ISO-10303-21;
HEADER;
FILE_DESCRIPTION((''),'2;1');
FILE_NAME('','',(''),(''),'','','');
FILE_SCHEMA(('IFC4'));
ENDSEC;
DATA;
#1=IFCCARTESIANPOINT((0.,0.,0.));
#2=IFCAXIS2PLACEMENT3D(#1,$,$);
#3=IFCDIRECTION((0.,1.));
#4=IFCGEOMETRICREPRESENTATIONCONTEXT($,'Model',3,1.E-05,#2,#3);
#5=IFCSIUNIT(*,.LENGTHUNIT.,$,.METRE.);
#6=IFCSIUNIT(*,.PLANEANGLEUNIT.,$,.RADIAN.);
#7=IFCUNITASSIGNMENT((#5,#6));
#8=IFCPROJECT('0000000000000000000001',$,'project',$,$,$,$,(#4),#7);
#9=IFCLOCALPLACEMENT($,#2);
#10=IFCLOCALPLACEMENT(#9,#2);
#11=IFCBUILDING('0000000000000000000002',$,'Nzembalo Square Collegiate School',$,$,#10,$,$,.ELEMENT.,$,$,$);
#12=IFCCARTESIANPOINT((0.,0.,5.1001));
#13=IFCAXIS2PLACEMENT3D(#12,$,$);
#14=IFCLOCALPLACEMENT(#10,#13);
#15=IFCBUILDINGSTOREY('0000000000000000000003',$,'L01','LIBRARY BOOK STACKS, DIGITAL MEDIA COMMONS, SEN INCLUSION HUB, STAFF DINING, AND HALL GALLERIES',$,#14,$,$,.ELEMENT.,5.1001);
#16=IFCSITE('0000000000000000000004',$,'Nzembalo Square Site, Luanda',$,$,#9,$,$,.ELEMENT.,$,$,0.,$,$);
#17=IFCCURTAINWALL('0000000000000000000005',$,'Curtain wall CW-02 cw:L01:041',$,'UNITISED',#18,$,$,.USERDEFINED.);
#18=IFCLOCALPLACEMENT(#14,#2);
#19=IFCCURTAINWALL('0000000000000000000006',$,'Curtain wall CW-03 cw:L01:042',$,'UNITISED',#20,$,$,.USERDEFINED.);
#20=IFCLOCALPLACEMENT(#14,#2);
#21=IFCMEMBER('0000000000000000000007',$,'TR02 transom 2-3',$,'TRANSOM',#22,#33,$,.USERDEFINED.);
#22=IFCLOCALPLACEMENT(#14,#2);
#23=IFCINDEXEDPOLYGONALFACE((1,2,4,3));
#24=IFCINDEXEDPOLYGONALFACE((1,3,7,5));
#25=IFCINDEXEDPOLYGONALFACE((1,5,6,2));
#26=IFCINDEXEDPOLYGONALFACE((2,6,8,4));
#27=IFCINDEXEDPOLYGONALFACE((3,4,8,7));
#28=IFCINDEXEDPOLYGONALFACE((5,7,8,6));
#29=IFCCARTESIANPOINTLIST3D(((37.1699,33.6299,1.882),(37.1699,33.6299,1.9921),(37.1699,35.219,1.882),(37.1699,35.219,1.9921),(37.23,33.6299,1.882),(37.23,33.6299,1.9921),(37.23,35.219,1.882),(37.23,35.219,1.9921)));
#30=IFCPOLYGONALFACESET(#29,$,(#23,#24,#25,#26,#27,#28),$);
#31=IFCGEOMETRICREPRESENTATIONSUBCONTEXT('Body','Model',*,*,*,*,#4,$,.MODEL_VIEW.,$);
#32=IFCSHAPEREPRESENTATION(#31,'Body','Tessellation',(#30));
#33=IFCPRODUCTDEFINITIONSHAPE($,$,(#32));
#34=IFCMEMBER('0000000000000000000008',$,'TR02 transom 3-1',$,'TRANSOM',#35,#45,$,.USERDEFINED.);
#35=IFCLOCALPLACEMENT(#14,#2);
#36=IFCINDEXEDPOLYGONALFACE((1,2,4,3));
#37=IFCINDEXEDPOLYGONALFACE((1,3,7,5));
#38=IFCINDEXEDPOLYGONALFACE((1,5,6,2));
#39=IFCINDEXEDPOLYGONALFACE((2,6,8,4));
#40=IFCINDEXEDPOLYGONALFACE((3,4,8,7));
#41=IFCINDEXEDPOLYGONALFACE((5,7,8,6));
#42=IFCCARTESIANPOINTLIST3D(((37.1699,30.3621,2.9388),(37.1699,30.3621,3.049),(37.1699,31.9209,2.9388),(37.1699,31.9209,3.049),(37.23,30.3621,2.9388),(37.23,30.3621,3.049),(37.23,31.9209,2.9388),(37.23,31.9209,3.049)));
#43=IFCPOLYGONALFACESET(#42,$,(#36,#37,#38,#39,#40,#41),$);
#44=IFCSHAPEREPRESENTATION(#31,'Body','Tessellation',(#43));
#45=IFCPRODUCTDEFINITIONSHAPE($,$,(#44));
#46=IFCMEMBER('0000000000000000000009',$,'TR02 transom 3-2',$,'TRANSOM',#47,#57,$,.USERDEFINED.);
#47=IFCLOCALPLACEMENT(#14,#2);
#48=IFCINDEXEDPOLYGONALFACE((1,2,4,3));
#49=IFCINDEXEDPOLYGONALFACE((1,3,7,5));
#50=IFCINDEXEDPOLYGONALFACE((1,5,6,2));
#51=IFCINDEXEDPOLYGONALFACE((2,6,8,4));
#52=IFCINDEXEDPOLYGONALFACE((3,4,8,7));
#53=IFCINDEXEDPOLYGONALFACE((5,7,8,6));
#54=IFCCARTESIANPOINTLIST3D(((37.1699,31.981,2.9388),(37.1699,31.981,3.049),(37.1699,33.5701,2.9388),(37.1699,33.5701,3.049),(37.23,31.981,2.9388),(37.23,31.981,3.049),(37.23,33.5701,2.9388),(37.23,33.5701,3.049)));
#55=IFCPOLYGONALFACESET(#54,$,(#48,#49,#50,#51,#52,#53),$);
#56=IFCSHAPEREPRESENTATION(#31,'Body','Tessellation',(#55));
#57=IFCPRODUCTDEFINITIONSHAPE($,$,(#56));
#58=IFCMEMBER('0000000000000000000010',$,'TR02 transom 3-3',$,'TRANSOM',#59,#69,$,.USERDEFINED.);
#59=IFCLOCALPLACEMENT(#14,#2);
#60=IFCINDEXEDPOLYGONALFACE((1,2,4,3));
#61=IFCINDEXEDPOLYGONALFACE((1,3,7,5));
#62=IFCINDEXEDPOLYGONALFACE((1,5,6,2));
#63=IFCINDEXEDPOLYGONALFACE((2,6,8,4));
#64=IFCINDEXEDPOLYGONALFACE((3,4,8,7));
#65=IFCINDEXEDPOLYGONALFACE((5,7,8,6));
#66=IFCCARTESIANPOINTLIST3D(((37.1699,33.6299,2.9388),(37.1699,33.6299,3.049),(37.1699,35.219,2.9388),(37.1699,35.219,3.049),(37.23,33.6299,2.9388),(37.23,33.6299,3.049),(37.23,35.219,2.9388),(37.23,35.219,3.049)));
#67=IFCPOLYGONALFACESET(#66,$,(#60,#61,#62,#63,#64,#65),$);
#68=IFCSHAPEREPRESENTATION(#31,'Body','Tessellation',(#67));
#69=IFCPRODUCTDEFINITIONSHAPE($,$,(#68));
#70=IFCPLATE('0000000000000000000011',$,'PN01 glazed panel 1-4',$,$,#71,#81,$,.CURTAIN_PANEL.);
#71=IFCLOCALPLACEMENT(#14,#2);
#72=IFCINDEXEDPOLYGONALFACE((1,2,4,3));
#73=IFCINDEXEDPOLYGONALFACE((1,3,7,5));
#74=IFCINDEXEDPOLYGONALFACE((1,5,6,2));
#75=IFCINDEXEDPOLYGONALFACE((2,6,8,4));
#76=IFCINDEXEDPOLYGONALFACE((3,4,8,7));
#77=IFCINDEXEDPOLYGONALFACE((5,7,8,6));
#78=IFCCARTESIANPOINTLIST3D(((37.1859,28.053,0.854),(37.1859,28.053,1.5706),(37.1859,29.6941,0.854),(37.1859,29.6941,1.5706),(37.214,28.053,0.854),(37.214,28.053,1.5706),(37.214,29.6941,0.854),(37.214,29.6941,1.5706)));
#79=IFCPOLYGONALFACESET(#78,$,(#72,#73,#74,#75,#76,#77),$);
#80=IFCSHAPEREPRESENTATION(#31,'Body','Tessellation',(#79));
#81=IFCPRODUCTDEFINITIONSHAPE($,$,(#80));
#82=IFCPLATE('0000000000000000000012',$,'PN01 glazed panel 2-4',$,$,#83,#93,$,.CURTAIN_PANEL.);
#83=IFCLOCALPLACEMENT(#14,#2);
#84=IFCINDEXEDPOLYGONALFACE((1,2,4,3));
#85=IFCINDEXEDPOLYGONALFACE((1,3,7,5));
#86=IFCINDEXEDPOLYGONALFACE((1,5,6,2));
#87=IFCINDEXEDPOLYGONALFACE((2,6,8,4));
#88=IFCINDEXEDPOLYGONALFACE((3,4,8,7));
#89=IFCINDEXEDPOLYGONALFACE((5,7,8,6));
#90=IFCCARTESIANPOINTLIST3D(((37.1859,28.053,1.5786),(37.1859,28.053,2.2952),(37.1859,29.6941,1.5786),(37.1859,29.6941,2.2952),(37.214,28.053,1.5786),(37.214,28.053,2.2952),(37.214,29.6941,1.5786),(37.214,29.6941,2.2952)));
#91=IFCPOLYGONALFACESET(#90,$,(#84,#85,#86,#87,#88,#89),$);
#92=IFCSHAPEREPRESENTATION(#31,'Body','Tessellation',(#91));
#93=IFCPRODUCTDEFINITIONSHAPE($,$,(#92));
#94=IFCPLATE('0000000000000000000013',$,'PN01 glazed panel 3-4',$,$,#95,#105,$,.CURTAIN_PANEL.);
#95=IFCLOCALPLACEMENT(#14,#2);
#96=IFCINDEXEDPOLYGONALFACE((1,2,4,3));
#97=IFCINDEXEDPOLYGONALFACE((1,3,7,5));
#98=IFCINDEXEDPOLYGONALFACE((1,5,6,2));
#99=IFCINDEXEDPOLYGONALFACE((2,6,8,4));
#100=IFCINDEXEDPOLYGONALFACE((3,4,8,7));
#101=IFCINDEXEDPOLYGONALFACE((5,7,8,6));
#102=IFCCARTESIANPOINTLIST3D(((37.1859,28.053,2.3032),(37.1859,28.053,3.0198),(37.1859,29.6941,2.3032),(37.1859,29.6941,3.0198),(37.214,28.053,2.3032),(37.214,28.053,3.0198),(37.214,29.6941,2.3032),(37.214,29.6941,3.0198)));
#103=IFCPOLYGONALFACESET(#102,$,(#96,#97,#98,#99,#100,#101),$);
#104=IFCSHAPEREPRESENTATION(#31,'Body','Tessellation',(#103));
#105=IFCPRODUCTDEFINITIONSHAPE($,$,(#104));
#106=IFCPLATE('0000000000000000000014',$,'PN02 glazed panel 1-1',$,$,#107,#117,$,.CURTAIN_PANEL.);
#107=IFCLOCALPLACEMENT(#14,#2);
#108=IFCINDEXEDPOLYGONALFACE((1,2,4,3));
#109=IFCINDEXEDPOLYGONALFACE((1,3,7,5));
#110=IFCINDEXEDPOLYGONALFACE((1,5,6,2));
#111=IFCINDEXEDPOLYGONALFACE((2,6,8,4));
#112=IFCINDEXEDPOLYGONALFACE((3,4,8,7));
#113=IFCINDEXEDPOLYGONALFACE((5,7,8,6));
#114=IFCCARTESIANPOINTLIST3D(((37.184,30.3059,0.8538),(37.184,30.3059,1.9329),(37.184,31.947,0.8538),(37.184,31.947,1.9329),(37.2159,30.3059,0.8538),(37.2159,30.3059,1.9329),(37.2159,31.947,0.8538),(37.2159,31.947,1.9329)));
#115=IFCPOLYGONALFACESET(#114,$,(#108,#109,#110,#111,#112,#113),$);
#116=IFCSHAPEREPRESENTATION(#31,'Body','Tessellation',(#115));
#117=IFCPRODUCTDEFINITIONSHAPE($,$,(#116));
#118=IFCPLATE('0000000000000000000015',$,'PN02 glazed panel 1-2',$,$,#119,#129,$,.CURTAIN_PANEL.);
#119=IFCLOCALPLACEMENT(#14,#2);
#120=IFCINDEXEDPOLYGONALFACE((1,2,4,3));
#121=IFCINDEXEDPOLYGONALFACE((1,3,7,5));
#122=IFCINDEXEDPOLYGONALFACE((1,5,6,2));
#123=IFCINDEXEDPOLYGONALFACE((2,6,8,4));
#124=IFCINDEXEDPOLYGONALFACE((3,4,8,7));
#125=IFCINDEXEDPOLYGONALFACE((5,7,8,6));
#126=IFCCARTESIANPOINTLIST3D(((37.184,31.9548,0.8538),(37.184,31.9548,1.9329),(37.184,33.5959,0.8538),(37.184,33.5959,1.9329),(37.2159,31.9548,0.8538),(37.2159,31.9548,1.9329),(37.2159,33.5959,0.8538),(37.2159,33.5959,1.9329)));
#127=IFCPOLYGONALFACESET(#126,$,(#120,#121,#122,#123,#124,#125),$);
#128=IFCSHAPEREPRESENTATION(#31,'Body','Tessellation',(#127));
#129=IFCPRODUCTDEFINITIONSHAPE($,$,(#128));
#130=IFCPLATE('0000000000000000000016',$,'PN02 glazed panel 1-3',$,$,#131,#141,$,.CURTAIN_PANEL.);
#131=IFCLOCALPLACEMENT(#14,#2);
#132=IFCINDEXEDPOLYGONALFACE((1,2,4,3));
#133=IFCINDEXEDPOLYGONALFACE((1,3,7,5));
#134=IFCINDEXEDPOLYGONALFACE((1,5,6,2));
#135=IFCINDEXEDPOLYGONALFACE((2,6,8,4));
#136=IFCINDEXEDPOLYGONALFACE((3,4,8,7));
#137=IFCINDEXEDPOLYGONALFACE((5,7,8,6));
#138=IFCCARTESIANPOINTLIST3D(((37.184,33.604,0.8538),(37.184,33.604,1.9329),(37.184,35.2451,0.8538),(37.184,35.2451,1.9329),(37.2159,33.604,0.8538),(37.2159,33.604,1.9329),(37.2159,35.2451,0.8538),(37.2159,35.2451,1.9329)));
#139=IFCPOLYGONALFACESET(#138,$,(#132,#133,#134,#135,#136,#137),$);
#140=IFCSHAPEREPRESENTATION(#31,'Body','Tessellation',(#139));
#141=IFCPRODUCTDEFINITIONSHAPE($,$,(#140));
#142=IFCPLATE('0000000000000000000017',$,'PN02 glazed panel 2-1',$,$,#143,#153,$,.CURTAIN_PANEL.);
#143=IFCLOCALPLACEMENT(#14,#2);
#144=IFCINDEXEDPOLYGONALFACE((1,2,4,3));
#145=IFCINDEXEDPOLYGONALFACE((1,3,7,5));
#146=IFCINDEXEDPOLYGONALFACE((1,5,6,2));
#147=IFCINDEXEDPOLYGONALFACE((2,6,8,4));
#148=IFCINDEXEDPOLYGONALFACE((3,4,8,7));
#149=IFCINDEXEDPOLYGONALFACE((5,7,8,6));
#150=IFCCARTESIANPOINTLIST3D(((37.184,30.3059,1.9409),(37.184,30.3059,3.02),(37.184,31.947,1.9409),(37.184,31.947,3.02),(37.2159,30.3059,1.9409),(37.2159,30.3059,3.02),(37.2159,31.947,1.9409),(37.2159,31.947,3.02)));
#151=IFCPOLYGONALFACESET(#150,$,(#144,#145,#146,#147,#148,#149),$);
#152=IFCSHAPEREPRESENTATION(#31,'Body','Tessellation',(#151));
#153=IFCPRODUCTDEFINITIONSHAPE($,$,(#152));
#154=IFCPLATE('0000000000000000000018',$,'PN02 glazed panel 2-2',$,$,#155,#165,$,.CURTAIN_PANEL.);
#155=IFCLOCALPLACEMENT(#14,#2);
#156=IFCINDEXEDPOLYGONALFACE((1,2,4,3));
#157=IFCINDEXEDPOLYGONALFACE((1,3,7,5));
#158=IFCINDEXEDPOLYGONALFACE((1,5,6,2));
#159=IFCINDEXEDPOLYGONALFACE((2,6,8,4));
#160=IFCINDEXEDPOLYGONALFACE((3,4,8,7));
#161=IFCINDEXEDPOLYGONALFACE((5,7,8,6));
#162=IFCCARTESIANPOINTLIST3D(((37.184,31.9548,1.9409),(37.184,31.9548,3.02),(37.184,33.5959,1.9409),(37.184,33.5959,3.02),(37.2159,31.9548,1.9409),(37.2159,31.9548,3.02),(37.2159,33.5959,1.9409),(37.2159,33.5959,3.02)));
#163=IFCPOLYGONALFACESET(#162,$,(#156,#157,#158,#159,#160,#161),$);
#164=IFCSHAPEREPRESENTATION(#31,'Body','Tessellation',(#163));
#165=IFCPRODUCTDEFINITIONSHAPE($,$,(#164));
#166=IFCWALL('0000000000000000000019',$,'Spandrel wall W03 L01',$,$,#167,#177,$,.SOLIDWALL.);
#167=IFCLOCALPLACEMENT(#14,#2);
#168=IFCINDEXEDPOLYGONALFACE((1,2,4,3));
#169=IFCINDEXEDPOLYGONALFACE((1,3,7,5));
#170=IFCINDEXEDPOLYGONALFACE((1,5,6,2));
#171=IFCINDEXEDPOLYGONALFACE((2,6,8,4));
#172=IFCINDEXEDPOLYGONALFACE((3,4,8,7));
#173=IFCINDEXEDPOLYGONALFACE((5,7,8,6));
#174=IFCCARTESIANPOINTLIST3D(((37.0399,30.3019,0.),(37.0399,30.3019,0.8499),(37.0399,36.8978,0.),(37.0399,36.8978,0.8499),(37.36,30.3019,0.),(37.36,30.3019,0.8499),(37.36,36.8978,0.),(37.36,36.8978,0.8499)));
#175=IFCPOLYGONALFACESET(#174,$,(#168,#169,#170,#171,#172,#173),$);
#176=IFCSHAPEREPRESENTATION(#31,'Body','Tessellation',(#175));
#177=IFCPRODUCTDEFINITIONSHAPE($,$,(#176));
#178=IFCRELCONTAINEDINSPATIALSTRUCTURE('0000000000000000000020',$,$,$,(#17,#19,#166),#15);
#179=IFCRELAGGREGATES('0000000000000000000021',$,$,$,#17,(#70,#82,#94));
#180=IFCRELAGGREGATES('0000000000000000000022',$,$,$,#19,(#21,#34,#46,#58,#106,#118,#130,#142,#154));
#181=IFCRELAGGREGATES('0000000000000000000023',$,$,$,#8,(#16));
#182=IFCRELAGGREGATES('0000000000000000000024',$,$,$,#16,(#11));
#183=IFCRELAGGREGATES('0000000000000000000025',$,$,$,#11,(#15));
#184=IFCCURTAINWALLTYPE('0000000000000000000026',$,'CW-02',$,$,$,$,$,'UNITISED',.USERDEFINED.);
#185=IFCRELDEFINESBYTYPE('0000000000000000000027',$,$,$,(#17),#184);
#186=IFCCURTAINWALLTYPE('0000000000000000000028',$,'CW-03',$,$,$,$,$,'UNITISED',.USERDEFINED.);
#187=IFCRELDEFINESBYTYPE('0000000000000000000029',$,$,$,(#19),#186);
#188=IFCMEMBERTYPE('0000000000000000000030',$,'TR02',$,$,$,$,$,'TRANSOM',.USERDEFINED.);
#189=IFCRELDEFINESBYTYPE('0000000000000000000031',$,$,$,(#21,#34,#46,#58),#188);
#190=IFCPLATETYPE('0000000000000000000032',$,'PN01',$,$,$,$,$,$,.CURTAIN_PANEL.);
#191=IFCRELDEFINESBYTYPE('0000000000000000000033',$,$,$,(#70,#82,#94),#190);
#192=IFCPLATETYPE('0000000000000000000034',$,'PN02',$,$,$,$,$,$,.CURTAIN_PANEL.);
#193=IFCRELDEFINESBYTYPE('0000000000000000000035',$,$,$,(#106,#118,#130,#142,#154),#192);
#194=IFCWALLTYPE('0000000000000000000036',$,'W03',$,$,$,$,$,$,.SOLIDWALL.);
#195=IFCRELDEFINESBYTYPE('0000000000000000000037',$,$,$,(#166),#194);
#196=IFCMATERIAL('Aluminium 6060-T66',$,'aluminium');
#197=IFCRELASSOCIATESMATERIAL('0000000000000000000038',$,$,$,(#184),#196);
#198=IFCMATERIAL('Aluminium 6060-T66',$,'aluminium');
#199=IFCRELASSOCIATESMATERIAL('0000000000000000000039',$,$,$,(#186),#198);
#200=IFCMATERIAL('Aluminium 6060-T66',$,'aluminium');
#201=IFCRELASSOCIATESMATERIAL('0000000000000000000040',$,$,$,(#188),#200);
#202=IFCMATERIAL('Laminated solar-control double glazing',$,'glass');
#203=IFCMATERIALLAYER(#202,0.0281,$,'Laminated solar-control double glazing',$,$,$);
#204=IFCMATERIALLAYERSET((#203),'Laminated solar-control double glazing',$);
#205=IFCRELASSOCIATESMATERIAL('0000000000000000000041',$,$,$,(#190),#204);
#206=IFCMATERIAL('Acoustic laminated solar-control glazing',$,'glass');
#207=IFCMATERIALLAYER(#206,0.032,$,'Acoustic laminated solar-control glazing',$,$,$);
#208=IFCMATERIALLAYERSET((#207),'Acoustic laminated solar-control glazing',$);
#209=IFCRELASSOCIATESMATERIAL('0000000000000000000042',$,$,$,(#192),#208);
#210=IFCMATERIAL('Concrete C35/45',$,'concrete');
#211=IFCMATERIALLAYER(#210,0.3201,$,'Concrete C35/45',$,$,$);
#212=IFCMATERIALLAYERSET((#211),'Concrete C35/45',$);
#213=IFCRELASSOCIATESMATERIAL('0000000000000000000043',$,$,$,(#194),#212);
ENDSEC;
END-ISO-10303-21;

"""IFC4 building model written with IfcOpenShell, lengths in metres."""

from ifc_helpers import new_model, si_unit, direction, frame, frame_2d, origin, origin_2d, place, context, subcontext, project, spatial, rectangle, extrude, material, layer, layer_set, material_profile, profile_set, type_object, element, aggregate, save


model = new_model("IFC4")

# Units and contexts
model_context = context("Model", 3, precision=1e-05, world=origin(), true_north=direction((0.0, 1.0)))
body_context = subcontext(model_context, "Body", "Model", "MODEL_VIEW")
ifc_project = project(units=[si_unit("LENGTHUNIT", "METRE"), si_unit("PLANEANGLEUNIT", "RADIAN")], contexts=[model_context])

# Site, building, storey
site_placement = place(None, origin())
site = spatial("IfcSite", under=ifc_project, at=site_placement, Name="Nzembalo Square Site, Luanda", CompositionType="ELEMENT", RefElevation=0.0)
building_placement = place(site_placement, origin())
building = spatial("IfcBuilding", under=site, at=building_placement, Name="Nzembalo Square Collegiate School", CompositionType="ELEMENT")
storey_placement = place(building_placement, frame((0.0, 0.0, 5.1001)))
storey = spatial("IfcBuildingStorey", under=building, at=storey_placement, Name="L01", Description="LIBRARY BOOK STACKS, DIGITAL MEDIA COMMONS, SEN INCLUSION HUB, STAFF DINING, AND HALL GALLERIES", CompositionType="ELEMENT", Elevation=5.1001)

# Curtain wall
ifc_material_1 = material(Name="Aluminium 6060-T66", Category="aluminium")
curtain_wall_type_1 = type_object("IfcCurtainWallType", Name="CW-02", ElementType="UNITISED", PredefinedType="USERDEFINED", material=ifc_material_1)
curtain_wall_1_placement = place(storey_placement, origin())
curtain_wall_1 = element("IfcCurtainWall", 1, at=curtain_wall_1_placement, inside=storey, type_object=curtain_wall_type_1, Name="Curtain wall CW-02 cw:L01:041", ObjectType="UNITISED", PredefinedType="USERDEFINED")

# Curtain wall
ifc_material_2 = material(Name="Aluminium 6060-T66", Category="aluminium")
curtain_wall_type_2 = type_object("IfcCurtainWallType", Name="CW-03", ElementType="UNITISED", PredefinedType="USERDEFINED", material=ifc_material_2)
curtain_wall_2_placement = place(storey_placement, origin())
curtain_wall_2 = element("IfcCurtainWall", 2, at=curtain_wall_2_placement, inside=storey, type_object=curtain_wall_type_2, Name="Curtain wall CW-03 cw:L01:042", ObjectType="UNITISED", PredefinedType="USERDEFINED")

# Members
ifc_material_3 = material(Name="Aluminium 6060-T66", Category="aluminium")
ifc_material_profile_1 = material_profile(ifc_material_3, rectangle(XDim=0.0601, YDim=0.1101, at=origin_2d()), Name="ALU T60x110")
ifc_profile_set_1 = profile_set([ifc_material_profile_1], Name="Aluminium 6060-T66")
member_type_1 = type_object("IfcMemberType", Name="TR02", ElementType="TRANSOM", PredefinedType="USERDEFINED", material=ifc_profile_set_1)
member_1_placement = place(storey_placement, frame((37.2, 33.6299, 1.937), z_axis=(0.0, 1.0, 0.0), x_axis=(-1.0, 0.0, 0.0)))
member_1 = element("IfcMember", 3, at=member_1_placement, type_object=member_type_1, Name="TR02 transom 2-3", ObjectType="TRANSOM", PredefinedType="USERDEFINED", context=body_context, shape_type="SweptSolid", body=[
    extrude(rectangle(XDim=0.0601, YDim=0.1101, at=origin_2d()), origin(), (0.0, 0.0, 1.0), 1.5891),
])
member_2_placement = place(storey_placement, frame((37.2, 30.3621, 2.9939), z_axis=(0.0, 1.0, 0.0), x_axis=(-1.0, 0.0, 0.0)))
member_2 = element("IfcMember", 4, at=member_2_placement, type_object=member_type_1, Name="TR02 transom 3-1", ObjectType="TRANSOM", PredefinedType="USERDEFINED", context=body_context, shape_type="SweptSolid", body=[
    extrude(rectangle(XDim=0.0601, YDim=0.1101, at=origin_2d()), origin(), (0.0, 0.0, 1.0), 1.5588),
])
member_3_placement = place(storey_placement, frame((37.2, 31.981, 2.9939), z_axis=(0.0, 1.0, 0.0), x_axis=(-1.0, 0.0, 0.0)))
member_3 = element("IfcMember", 5, at=member_3_placement, type_object=member_type_1, Name="TR02 transom 3-2", ObjectType="TRANSOM", PredefinedType="USERDEFINED", context=body_context, shape_type="SweptSolid", body=[
    extrude(rectangle(XDim=0.0601, YDim=0.1101, at=origin_2d()), origin(), (0.0, 0.0, 1.0), 1.5891),
])
member_4_placement = place(storey_placement, frame((37.2, 33.6299, 2.9939), z_axis=(0.0, 1.0, 0.0), x_axis=(-1.0, 0.0, 0.0)))
member_4 = element("IfcMember", 6, at=member_4_placement, type_object=member_type_1, Name="TR02 transom 3-3", ObjectType="TRANSOM", PredefinedType="USERDEFINED", context=body_context, shape_type="SweptSolid", body=[
    extrude(rectangle(XDim=0.0601, YDim=0.1101, at=origin_2d()), origin(), (0.0, 0.0, 1.0), 1.5891),
])

# Plates
ifc_material_4 = material(Name="Laminated solar-control double glazing", Category="glass")
ifc_layer_1 = layer(ifc_material_4, 0.0281, Name="Laminated solar-control double glazing")
ifc_layer_set_1 = layer_set([ifc_layer_1], Name="Laminated solar-control double glazing")
plate_type_1 = type_object("IfcPlateType", Name="PN01", PredefinedType="CURTAIN_PANEL", material=ifc_layer_set_1)
plate_1_placement = place(storey_placement, frame((37.2, 28.8735, 0.854), z_axis=(0.0, 0.0, 1.0), x_axis=(0.0, 1.0, 0.0)))
plate_1 = element("IfcPlate", 7, at=plate_1_placement, type_object=plate_type_1, Name="PN01 glazed panel 1-4", PredefinedType="CURTAIN_PANEL", context=body_context, shape_type="SweptSolid", body=[
    extrude(rectangle(XDim=1.6411, YDim=0.0281, at=origin_2d()), origin(), (0.0, 0.0, 1.0), 0.7166),
])
plate_2_placement = place(storey_placement, frame((37.2, 28.8735, 1.5786), z_axis=(0.0, 0.0, 1.0), x_axis=(0.0, 1.0, 0.0)))
plate_2 = element("IfcPlate", 8, at=plate_2_placement, type_object=plate_type_1, Name="PN01 glazed panel 2-4", PredefinedType="CURTAIN_PANEL", context=body_context, shape_type="SweptSolid", body=[
    extrude(rectangle(XDim=1.6411, YDim=0.0281, at=origin_2d()), origin(), (0.0, 0.0, 1.0), 0.7166),
])
plate_3_placement = place(storey_placement, frame((37.2, 28.8735, 2.3032), z_axis=(0.0, 0.0, 1.0), x_axis=(0.0, 1.0, 0.0)))
plate_3 = element("IfcPlate", 9, at=plate_3_placement, type_object=plate_type_1, Name="PN01 glazed panel 3-4", PredefinedType="CURTAIN_PANEL", context=body_context, shape_type="SweptSolid", body=[
    extrude(rectangle(XDim=1.6411, YDim=0.0281, at=origin_2d()), origin(), (0.0, 0.0, 1.0), 0.7166),
])
aggregate(curtain_wall_1, [plate_1, plate_2, plate_3])
ifc_material_5 = material(Name="Acoustic laminated solar-control glazing", Category="glass")
ifc_layer_2 = layer(ifc_material_5, 0.032, Name="Acoustic laminated solar-control glazing")
ifc_layer_set_2 = layer_set([ifc_layer_2], Name="Acoustic laminated solar-control glazing")
plate_type_2 = type_object("IfcPlateType", Name="PN02", PredefinedType="CURTAIN_PANEL", material=ifc_layer_set_2)
plate_4_placement = place(storey_placement, frame((37.2, 31.1265, 0.8538), z_axis=(0.0, 0.0, 1.0), x_axis=(0.0, 1.0, 0.0)))
plate_4 = element("IfcPlate", 10, at=plate_4_placement, type_object=plate_type_2, Name="PN02 glazed panel 1-1", PredefinedType="CURTAIN_PANEL", context=body_context, shape_type="SweptSolid", body=[
    extrude(rectangle(XDim=1.6411, YDim=0.032, at=origin_2d()), origin(), (0.0, 0.0, 1.0), 1.0791),
])
plate_5_placement = place(storey_placement, frame((37.2, 32.7754, 0.8538), z_axis=(0.0, 0.0, 1.0), x_axis=(0.0, 1.0, 0.0)))
plate_5 = element("IfcPlate", 11, at=plate_5_placement, type_object=plate_type_2, Name="PN02 glazed panel 1-2", PredefinedType="CURTAIN_PANEL", context=body_context, shape_type="SweptSolid", body=[
    extrude(rectangle(XDim=1.6411, YDim=0.032, at=origin_2d()), origin(), (0.0, 0.0, 1.0), 1.0791),
])
plate_6_placement = place(storey_placement, frame((37.2, 34.4246, 0.8538), z_axis=(0.0, 0.0, 1.0), x_axis=(0.0, 1.0, 0.0)))
plate_6 = element("IfcPlate", 12, at=plate_6_placement, type_object=plate_type_2, Name="PN02 glazed panel 1-3", PredefinedType="CURTAIN_PANEL", context=body_context, shape_type="SweptSolid", body=[
    extrude(rectangle(XDim=1.6411, YDim=0.032, at=origin_2d()), origin(), (0.0, 0.0, 1.0), 1.0791),
])
plate_7_placement = place(storey_placement, frame((37.2, 31.1265, 1.9409), z_axis=(0.0, 0.0, 1.0), x_axis=(0.0, 1.0, 0.0)))
plate_7 = element("IfcPlate", 13, at=plate_7_placement, type_object=plate_type_2, Name="PN02 glazed panel 2-1", PredefinedType="CURTAIN_PANEL", context=body_context, shape_type="SweptSolid", body=[
    extrude(rectangle(XDim=1.6411, YDim=0.032, at=origin_2d()), origin(), (0.0, 0.0, 1.0), 1.0791),
])
plate_8_placement = place(storey_placement, frame((37.2, 32.7754, 1.9409), z_axis=(0.0, 0.0, 1.0), x_axis=(0.0, 1.0, 0.0)))
plate_8 = element("IfcPlate", 14, at=plate_8_placement, type_object=plate_type_2, Name="PN02 glazed panel 2-2", PredefinedType="CURTAIN_PANEL", context=body_context, shape_type="SweptSolid", body=[
    extrude(rectangle(XDim=1.6411, YDim=0.032, at=origin_2d()), origin(), (0.0, 0.0, 1.0), 1.0791),
])
aggregate(curtain_wall_2, [member_1, member_2, member_3, member_4, plate_4, plate_5, plate_6, plate_7, plate_8])

# Wall
ifc_material_6 = material(Name="Concrete C35/45", Category="concrete")
ifc_layer_3 = layer(ifc_material_6, 0.3201, Name="Concrete C35/45")
ifc_layer_set_3 = layer_set([ifc_layer_3], Name="Concrete C35/45")
wall_type = type_object("IfcWallType", Name="W03", PredefinedType="SOLIDWALL", material=ifc_layer_set_3)
wall_placement = place(storey_placement, frame((37.2, 30.302, 0.0), z_axis=(0.0, 0.0, 1.0), x_axis=(0.0, 1.0, 0.0)))
element("IfcWall", 15, at=wall_placement, inside=storey, type_object=wall_type, Name="Spandrel wall W03 L01", PredefinedType="SOLIDWALL", context=body_context, shape_type="SweptSolid", body=[
    extrude(rectangle(XDim=6.5959, YDim=0.3201, at=frame_2d((3.2979, 0.0))), origin(), (0.0, 0.0, 1.0), 0.8499),
])

save(model, "model.ifc")
